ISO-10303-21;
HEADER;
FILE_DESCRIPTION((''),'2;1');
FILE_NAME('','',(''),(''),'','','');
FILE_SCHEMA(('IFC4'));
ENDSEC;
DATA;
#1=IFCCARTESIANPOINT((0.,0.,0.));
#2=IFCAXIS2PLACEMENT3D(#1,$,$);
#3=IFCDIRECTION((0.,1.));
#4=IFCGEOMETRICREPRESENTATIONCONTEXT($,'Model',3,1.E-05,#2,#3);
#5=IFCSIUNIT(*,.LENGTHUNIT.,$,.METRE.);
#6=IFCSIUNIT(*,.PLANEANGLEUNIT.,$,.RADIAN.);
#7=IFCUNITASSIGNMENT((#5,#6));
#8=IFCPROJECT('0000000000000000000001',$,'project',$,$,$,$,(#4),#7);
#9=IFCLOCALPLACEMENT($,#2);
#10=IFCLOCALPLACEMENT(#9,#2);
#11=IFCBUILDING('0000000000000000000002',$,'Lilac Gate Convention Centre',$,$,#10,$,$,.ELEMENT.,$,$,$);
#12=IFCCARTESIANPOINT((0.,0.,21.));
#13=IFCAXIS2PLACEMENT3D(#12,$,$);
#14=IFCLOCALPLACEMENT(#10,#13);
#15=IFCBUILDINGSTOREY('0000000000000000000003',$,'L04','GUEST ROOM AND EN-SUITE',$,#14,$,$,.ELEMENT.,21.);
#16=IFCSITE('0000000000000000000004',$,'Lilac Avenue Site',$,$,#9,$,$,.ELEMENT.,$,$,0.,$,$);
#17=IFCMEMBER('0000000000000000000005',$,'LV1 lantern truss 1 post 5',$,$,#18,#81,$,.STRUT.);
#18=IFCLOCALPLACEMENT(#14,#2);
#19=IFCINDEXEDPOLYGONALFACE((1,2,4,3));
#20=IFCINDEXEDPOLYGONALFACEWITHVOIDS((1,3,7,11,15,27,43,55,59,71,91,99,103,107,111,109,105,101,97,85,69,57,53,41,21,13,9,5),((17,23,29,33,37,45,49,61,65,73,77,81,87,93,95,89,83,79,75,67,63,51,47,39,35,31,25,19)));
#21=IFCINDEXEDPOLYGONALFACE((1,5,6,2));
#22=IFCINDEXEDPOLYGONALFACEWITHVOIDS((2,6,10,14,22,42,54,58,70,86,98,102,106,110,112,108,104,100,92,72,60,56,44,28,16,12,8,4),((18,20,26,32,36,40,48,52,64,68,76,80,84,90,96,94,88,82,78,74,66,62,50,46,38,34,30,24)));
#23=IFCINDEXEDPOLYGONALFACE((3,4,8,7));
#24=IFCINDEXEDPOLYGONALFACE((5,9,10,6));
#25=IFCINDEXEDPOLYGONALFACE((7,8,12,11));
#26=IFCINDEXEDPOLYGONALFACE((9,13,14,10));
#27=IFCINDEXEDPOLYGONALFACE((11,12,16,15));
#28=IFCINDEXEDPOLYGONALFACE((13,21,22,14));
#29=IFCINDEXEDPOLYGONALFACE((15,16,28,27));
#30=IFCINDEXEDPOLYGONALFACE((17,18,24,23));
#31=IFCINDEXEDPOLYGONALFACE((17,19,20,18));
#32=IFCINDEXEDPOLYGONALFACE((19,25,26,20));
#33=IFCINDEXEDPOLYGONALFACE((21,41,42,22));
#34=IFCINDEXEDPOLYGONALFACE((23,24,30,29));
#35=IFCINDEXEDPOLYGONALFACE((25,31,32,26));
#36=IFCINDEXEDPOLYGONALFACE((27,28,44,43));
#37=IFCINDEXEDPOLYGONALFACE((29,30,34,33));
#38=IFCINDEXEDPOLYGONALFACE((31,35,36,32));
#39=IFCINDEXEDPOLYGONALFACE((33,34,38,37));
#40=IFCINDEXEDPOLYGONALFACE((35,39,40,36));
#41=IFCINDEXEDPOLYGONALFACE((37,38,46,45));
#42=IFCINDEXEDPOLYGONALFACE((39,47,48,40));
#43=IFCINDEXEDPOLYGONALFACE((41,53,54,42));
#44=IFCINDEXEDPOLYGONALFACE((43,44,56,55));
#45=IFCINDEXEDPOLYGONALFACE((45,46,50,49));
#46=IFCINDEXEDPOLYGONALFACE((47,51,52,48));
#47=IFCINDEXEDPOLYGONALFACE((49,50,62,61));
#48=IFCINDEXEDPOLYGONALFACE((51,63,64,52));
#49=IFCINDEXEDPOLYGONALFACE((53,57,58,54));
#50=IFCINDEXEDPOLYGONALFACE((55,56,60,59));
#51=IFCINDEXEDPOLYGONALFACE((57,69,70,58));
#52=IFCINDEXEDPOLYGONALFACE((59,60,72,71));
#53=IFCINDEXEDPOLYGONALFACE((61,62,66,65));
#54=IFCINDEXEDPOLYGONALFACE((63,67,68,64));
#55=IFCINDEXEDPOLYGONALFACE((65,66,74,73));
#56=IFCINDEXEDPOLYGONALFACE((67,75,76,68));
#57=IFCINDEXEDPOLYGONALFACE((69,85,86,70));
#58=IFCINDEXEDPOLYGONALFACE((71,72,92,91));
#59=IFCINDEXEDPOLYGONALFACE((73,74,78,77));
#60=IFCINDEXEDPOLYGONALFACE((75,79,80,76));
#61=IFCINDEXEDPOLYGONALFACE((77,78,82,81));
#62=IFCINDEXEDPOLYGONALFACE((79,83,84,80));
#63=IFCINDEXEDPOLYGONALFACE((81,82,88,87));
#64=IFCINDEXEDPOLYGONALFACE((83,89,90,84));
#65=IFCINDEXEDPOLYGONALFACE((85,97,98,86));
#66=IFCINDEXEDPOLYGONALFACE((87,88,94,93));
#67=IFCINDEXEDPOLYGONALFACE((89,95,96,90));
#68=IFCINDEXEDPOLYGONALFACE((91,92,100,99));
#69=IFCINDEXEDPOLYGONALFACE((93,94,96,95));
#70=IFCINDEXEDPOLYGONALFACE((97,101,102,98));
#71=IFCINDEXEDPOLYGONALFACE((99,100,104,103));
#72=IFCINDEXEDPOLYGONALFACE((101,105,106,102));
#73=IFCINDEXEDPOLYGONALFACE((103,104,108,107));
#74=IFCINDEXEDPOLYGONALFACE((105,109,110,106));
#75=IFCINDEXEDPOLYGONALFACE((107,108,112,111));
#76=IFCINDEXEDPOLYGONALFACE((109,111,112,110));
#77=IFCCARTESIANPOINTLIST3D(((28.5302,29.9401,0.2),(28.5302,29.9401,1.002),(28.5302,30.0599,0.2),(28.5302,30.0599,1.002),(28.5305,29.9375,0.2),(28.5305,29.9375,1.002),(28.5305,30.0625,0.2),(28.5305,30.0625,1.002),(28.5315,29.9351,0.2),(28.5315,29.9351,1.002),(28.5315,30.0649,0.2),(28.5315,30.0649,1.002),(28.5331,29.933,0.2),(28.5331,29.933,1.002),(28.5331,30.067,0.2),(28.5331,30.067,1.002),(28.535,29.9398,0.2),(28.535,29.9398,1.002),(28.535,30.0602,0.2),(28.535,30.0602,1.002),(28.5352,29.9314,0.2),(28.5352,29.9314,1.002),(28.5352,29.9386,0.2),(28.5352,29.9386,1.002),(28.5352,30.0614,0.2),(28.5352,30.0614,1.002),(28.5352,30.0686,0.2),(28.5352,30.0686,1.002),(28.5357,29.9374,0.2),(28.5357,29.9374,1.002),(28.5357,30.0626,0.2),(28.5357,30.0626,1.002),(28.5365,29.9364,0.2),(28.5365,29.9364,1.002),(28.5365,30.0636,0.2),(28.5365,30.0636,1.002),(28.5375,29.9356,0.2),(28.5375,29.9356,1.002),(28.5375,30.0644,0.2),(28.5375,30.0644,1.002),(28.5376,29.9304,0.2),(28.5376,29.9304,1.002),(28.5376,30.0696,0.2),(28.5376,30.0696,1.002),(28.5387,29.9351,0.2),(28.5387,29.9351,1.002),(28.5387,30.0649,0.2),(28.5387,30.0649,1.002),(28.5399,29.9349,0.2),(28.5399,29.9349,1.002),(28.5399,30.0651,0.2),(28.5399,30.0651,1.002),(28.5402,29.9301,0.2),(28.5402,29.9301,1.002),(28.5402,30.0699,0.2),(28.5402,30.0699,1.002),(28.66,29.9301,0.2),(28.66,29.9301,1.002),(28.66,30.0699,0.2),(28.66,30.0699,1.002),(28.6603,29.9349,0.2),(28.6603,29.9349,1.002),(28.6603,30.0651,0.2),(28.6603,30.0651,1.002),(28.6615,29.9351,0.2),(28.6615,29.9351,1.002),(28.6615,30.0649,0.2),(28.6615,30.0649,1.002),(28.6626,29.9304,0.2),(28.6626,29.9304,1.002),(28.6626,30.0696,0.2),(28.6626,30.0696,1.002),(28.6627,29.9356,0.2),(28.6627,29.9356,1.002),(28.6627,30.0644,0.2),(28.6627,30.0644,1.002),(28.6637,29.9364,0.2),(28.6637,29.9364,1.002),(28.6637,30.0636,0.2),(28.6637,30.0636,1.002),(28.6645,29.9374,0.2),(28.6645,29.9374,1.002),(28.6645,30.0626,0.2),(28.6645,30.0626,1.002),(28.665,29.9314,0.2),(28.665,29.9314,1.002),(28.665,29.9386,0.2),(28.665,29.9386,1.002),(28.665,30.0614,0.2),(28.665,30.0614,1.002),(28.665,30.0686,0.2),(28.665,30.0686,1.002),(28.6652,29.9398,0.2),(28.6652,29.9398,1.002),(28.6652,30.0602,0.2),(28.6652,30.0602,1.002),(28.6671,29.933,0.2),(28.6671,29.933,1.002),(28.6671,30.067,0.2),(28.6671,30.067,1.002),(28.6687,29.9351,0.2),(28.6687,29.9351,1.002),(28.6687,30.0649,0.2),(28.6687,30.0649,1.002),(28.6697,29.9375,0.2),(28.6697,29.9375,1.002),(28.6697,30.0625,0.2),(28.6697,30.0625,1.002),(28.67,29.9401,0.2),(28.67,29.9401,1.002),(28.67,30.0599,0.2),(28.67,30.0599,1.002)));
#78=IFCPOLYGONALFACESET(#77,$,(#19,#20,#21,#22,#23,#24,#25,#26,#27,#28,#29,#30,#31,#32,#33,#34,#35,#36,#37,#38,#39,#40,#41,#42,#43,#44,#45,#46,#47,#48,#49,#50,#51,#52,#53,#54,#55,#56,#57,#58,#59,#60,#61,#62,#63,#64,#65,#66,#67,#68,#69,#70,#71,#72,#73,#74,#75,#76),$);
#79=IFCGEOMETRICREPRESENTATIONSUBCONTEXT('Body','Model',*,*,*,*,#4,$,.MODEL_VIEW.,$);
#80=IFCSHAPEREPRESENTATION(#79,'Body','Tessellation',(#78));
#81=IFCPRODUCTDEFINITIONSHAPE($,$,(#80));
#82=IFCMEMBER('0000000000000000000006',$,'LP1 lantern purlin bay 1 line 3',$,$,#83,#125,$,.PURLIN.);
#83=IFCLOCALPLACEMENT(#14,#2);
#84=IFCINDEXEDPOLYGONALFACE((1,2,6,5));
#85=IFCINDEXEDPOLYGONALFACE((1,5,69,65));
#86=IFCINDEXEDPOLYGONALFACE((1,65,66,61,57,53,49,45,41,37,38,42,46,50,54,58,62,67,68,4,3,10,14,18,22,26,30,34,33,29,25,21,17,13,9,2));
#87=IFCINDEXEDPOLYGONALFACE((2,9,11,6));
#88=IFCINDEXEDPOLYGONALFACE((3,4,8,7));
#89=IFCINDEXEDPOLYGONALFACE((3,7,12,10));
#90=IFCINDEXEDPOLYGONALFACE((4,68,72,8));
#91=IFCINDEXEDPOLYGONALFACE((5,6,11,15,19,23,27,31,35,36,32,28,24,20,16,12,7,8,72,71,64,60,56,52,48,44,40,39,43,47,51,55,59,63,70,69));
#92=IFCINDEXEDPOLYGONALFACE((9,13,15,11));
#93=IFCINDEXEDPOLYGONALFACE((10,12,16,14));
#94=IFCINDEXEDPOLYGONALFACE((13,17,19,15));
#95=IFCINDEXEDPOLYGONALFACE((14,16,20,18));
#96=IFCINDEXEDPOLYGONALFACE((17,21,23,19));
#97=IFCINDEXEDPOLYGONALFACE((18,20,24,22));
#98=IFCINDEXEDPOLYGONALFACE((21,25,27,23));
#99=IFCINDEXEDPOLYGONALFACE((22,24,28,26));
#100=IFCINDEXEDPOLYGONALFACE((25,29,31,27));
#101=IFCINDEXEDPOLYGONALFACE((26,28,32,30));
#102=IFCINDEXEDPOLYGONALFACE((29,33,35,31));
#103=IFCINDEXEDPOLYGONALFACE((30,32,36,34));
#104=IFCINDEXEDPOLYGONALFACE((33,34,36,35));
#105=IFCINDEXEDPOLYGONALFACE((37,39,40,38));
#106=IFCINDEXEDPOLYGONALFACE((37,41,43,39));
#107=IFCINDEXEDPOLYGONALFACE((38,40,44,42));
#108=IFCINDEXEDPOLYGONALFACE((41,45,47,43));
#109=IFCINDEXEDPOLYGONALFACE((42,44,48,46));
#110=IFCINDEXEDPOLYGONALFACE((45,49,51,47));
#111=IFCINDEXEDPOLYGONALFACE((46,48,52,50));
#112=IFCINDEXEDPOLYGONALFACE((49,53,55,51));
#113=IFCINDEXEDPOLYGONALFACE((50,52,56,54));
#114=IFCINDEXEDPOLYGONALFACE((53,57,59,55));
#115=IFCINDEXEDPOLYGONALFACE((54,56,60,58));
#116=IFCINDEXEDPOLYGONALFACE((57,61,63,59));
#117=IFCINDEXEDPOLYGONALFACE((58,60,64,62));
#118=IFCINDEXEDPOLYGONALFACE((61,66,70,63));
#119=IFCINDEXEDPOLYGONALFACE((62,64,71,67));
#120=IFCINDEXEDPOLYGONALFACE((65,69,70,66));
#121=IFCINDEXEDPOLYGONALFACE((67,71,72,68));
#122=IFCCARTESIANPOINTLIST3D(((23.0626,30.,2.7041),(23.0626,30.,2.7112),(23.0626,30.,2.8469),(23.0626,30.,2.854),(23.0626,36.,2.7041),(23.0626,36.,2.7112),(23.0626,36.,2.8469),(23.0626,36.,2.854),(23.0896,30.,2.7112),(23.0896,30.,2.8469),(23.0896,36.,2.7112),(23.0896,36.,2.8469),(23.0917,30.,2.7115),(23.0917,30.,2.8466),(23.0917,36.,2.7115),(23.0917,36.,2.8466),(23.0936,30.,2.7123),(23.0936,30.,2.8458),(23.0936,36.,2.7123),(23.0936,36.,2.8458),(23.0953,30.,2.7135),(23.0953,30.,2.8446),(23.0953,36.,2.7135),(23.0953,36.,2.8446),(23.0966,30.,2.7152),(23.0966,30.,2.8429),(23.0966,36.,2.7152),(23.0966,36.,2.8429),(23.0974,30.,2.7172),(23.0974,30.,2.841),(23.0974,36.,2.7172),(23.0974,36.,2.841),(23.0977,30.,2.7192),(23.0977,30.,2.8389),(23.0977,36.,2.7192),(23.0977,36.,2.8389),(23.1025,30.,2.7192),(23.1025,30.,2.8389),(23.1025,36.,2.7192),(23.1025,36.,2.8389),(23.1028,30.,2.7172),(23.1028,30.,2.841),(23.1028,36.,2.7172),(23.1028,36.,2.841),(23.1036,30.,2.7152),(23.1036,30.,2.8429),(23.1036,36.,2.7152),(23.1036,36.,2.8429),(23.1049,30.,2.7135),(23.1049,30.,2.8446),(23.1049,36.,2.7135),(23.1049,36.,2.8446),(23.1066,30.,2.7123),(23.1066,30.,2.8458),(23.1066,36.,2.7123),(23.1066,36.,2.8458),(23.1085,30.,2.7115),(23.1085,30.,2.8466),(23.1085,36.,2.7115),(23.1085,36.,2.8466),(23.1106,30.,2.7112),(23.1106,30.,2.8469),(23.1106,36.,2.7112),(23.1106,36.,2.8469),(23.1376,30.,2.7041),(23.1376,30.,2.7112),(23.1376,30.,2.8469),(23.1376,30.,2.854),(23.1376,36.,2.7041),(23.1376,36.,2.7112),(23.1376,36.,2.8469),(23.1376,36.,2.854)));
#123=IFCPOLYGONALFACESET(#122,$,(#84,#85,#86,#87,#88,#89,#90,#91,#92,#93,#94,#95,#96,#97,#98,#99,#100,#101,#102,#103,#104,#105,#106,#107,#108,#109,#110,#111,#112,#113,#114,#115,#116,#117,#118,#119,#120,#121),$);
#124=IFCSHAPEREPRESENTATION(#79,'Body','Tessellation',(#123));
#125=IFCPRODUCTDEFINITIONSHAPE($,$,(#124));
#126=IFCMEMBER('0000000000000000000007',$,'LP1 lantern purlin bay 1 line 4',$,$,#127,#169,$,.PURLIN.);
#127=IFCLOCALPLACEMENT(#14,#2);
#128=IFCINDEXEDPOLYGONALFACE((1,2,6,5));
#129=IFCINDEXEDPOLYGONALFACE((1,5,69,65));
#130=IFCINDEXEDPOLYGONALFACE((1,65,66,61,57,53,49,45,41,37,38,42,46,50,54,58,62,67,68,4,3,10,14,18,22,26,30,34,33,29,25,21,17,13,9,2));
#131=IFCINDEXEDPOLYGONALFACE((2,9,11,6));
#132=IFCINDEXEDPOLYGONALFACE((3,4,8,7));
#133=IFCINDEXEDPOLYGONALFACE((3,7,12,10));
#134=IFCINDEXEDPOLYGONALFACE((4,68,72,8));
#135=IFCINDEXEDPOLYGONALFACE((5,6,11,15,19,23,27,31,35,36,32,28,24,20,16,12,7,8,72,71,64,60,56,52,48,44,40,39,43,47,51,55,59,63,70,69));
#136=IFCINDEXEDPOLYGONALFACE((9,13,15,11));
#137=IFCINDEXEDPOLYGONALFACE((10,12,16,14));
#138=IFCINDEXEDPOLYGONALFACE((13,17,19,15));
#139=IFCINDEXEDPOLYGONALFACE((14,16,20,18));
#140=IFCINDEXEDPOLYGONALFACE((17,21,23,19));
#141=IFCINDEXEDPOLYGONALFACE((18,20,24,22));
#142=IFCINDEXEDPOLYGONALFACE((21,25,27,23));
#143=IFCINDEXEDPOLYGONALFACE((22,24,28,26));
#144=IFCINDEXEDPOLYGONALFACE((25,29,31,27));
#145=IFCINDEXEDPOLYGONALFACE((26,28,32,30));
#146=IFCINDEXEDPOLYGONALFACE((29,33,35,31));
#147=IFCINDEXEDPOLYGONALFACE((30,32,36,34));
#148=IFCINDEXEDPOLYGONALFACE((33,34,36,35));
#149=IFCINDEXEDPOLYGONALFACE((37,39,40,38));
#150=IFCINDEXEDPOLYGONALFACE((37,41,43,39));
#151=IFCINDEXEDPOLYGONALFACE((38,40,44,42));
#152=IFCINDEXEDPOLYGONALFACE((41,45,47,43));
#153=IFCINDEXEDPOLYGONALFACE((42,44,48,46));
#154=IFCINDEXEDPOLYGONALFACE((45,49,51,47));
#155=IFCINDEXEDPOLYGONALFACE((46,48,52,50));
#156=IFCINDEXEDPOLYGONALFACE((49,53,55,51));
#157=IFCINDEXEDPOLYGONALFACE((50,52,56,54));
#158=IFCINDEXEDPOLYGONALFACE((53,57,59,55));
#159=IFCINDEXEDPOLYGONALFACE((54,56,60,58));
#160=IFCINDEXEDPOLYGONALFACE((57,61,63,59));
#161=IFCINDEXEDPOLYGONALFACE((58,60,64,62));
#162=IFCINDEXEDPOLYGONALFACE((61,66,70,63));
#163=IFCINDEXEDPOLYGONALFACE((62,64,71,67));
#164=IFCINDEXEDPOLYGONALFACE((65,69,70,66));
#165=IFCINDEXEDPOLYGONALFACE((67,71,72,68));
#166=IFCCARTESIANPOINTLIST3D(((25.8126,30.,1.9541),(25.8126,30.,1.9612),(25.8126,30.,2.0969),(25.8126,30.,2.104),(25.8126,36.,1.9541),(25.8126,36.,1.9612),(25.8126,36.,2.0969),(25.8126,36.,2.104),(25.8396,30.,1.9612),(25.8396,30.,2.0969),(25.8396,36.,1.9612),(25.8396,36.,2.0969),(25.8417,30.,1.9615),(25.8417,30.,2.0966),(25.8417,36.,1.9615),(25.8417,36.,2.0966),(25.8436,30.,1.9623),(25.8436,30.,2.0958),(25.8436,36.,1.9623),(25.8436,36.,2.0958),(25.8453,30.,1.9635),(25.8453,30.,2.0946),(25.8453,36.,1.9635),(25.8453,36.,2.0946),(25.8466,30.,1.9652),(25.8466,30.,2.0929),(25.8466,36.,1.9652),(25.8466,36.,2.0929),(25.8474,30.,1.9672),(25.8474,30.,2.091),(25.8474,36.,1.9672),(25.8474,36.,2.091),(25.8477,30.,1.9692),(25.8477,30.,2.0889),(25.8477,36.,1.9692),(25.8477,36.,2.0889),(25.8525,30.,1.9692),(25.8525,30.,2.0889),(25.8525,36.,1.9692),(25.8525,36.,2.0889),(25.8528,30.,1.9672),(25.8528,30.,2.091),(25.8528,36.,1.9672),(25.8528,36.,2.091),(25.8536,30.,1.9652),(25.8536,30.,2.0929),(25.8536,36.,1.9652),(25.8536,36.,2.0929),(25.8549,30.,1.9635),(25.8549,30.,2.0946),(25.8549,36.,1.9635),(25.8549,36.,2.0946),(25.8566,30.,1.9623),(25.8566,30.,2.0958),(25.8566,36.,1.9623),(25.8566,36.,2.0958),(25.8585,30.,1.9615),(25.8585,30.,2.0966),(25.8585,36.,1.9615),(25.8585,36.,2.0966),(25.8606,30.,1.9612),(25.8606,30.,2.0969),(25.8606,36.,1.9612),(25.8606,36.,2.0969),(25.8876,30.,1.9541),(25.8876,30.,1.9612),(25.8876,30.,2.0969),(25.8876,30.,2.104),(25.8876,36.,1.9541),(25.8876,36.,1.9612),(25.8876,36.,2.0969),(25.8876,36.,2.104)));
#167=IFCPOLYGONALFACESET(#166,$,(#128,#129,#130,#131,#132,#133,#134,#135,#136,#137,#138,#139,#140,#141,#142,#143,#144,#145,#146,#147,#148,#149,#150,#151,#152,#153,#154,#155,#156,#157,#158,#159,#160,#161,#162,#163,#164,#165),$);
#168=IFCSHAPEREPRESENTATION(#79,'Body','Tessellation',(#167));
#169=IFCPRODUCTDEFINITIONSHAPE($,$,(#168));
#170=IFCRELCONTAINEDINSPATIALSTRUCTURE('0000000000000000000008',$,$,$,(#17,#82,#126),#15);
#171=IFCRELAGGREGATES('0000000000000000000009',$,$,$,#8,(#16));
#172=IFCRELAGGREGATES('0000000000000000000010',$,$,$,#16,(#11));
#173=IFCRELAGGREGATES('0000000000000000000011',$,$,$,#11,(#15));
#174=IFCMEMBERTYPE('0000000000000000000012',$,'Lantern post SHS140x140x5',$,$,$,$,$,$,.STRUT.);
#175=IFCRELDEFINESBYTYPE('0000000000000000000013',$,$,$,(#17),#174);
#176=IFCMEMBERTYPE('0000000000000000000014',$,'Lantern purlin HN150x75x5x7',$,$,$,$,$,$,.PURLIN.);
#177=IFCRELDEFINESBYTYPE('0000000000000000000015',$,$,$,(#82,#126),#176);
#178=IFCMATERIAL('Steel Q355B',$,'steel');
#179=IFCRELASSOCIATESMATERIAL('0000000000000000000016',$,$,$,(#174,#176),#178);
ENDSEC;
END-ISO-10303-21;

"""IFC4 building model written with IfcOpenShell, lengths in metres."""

from ifc_helpers import new_model, si_unit, direction, frame, origin, origin_2d, place, context, subcontext, project, spatial, hollow_rectangle, i_section, extrude, material, material_profile, profile_set, type_object, element, save


model = new_model("IFC4")

# Units and contexts
model_context = context("Model", 3, precision=1e-05, world=origin(), true_north=direction((0.0, 1.0)))
body_context = subcontext(model_context, "Body", "Model", "MODEL_VIEW")
ifc_project = project(units=[si_unit("LENGTHUNIT", "METRE"), si_unit("PLANEANGLEUNIT", "RADIAN")], contexts=[model_context])

# Site, building, storey
site_placement = place(None, origin())
site = spatial("IfcSite", under=ifc_project, at=site_placement, Name="Lilac Avenue Site", CompositionType="ELEMENT", RefElevation=0.0)
building_placement = place(site_placement, origin())
building = spatial("IfcBuilding", under=site, at=building_placement, Name="Lilac Gate Convention Centre", CompositionType="ELEMENT")
storey_placement = place(building_placement, frame((0.0, 0.0, 21.0)))
storey = spatial("IfcBuildingStorey", under=building, at=storey_placement, Name="L04", Description="GUEST ROOM AND EN-SUITE", CompositionType="ELEMENT", Elevation=21.0)

# Members
ifc_material_1 = material(Name="Steel Q355B", Category="steel")
ifc_material_profile_1 = material_profile(ifc_material_1, hollow_rectangle(XDim=0.1399, YDim=0.1399, WallThickness=0.0049, InnerFilletRadius=0.0049, OuterFilletRadius=0.01, at=origin_2d()), Name="SHS140x140x5")
ifc_profile_set_1 = profile_set([ifc_material_profile_1], Name="Steel Q355B")
member_type_1 = type_object("IfcMemberType", Name="Lantern post SHS140x140x5", PredefinedType="STRUT", material=ifc_profile_set_1)
member_1_placement = place(storey_placement, frame((28.6001, 30.0, 0.2), z_axis=(0.0, 0.0, 1.0), x_axis=(1.0, 0.0, 0.0)))
element("IfcMember", 1, at=member_1_placement, inside=storey, type_object=member_type_1, Name="LV1 lantern truss 1 post 5", PredefinedType="STRUT", context=body_context, shape_type="SweptSolid", body=[
    extrude(hollow_rectangle(XDim=0.1399, YDim=0.1399, WallThickness=0.0049, InnerFilletRadius=0.0049, OuterFilletRadius=0.01, at=origin_2d()), origin(), (0.0, 0.0, 1.0), 0.802),
])
ifc_material_profile_2 = material_profile(ifc_material_1, i_section(OverallWidth=0.075, OverallDepth=0.1499, WebThickness=0.0049, FlangeThickness=0.0071, FilletRadius=0.0081, at=origin_2d()), Name="HN150x75x5x7")
ifc_profile_set_2 = profile_set([ifc_material_profile_2], Name="Steel Q355B")
member_type_2 = type_object("IfcMemberType", Name="Lantern purlin HN150x75x5x7", PredefinedType="PURLIN", material=ifc_profile_set_2)
for number, where, z_axis, x_axis, name in (
    (2, (23.1001, 30.0, 2.7791), (0.0, 1.0, 0.0), (-1.0, 0.0, 0.0), "LP1 lantern purlin bay 1 line 3"),
    (3, (25.8501, 30.0, 2.0291), (0.0, 1.0, 0.0), (-1.0, 0.0, 0.0), "LP1 lantern purlin bay 1 line 4"),
):
    element("IfcMember", number, at=place(storey_placement, frame(where, z_axis=z_axis, x_axis=x_axis)), inside=storey, type_object=member_type_2, Name=name, PredefinedType="PURLIN", context=body_context, shape_type="SweptSolid", body=[
        extrude(i_section(OverallWidth=0.075, OverallDepth=0.1499, WebThickness=0.0049, FlangeThickness=0.0071, FilletRadius=0.0081, at=origin_2d()), origin(), (0.0, 0.0, 1.0), 6.0),
    ])

save(model, "model.ifc")
